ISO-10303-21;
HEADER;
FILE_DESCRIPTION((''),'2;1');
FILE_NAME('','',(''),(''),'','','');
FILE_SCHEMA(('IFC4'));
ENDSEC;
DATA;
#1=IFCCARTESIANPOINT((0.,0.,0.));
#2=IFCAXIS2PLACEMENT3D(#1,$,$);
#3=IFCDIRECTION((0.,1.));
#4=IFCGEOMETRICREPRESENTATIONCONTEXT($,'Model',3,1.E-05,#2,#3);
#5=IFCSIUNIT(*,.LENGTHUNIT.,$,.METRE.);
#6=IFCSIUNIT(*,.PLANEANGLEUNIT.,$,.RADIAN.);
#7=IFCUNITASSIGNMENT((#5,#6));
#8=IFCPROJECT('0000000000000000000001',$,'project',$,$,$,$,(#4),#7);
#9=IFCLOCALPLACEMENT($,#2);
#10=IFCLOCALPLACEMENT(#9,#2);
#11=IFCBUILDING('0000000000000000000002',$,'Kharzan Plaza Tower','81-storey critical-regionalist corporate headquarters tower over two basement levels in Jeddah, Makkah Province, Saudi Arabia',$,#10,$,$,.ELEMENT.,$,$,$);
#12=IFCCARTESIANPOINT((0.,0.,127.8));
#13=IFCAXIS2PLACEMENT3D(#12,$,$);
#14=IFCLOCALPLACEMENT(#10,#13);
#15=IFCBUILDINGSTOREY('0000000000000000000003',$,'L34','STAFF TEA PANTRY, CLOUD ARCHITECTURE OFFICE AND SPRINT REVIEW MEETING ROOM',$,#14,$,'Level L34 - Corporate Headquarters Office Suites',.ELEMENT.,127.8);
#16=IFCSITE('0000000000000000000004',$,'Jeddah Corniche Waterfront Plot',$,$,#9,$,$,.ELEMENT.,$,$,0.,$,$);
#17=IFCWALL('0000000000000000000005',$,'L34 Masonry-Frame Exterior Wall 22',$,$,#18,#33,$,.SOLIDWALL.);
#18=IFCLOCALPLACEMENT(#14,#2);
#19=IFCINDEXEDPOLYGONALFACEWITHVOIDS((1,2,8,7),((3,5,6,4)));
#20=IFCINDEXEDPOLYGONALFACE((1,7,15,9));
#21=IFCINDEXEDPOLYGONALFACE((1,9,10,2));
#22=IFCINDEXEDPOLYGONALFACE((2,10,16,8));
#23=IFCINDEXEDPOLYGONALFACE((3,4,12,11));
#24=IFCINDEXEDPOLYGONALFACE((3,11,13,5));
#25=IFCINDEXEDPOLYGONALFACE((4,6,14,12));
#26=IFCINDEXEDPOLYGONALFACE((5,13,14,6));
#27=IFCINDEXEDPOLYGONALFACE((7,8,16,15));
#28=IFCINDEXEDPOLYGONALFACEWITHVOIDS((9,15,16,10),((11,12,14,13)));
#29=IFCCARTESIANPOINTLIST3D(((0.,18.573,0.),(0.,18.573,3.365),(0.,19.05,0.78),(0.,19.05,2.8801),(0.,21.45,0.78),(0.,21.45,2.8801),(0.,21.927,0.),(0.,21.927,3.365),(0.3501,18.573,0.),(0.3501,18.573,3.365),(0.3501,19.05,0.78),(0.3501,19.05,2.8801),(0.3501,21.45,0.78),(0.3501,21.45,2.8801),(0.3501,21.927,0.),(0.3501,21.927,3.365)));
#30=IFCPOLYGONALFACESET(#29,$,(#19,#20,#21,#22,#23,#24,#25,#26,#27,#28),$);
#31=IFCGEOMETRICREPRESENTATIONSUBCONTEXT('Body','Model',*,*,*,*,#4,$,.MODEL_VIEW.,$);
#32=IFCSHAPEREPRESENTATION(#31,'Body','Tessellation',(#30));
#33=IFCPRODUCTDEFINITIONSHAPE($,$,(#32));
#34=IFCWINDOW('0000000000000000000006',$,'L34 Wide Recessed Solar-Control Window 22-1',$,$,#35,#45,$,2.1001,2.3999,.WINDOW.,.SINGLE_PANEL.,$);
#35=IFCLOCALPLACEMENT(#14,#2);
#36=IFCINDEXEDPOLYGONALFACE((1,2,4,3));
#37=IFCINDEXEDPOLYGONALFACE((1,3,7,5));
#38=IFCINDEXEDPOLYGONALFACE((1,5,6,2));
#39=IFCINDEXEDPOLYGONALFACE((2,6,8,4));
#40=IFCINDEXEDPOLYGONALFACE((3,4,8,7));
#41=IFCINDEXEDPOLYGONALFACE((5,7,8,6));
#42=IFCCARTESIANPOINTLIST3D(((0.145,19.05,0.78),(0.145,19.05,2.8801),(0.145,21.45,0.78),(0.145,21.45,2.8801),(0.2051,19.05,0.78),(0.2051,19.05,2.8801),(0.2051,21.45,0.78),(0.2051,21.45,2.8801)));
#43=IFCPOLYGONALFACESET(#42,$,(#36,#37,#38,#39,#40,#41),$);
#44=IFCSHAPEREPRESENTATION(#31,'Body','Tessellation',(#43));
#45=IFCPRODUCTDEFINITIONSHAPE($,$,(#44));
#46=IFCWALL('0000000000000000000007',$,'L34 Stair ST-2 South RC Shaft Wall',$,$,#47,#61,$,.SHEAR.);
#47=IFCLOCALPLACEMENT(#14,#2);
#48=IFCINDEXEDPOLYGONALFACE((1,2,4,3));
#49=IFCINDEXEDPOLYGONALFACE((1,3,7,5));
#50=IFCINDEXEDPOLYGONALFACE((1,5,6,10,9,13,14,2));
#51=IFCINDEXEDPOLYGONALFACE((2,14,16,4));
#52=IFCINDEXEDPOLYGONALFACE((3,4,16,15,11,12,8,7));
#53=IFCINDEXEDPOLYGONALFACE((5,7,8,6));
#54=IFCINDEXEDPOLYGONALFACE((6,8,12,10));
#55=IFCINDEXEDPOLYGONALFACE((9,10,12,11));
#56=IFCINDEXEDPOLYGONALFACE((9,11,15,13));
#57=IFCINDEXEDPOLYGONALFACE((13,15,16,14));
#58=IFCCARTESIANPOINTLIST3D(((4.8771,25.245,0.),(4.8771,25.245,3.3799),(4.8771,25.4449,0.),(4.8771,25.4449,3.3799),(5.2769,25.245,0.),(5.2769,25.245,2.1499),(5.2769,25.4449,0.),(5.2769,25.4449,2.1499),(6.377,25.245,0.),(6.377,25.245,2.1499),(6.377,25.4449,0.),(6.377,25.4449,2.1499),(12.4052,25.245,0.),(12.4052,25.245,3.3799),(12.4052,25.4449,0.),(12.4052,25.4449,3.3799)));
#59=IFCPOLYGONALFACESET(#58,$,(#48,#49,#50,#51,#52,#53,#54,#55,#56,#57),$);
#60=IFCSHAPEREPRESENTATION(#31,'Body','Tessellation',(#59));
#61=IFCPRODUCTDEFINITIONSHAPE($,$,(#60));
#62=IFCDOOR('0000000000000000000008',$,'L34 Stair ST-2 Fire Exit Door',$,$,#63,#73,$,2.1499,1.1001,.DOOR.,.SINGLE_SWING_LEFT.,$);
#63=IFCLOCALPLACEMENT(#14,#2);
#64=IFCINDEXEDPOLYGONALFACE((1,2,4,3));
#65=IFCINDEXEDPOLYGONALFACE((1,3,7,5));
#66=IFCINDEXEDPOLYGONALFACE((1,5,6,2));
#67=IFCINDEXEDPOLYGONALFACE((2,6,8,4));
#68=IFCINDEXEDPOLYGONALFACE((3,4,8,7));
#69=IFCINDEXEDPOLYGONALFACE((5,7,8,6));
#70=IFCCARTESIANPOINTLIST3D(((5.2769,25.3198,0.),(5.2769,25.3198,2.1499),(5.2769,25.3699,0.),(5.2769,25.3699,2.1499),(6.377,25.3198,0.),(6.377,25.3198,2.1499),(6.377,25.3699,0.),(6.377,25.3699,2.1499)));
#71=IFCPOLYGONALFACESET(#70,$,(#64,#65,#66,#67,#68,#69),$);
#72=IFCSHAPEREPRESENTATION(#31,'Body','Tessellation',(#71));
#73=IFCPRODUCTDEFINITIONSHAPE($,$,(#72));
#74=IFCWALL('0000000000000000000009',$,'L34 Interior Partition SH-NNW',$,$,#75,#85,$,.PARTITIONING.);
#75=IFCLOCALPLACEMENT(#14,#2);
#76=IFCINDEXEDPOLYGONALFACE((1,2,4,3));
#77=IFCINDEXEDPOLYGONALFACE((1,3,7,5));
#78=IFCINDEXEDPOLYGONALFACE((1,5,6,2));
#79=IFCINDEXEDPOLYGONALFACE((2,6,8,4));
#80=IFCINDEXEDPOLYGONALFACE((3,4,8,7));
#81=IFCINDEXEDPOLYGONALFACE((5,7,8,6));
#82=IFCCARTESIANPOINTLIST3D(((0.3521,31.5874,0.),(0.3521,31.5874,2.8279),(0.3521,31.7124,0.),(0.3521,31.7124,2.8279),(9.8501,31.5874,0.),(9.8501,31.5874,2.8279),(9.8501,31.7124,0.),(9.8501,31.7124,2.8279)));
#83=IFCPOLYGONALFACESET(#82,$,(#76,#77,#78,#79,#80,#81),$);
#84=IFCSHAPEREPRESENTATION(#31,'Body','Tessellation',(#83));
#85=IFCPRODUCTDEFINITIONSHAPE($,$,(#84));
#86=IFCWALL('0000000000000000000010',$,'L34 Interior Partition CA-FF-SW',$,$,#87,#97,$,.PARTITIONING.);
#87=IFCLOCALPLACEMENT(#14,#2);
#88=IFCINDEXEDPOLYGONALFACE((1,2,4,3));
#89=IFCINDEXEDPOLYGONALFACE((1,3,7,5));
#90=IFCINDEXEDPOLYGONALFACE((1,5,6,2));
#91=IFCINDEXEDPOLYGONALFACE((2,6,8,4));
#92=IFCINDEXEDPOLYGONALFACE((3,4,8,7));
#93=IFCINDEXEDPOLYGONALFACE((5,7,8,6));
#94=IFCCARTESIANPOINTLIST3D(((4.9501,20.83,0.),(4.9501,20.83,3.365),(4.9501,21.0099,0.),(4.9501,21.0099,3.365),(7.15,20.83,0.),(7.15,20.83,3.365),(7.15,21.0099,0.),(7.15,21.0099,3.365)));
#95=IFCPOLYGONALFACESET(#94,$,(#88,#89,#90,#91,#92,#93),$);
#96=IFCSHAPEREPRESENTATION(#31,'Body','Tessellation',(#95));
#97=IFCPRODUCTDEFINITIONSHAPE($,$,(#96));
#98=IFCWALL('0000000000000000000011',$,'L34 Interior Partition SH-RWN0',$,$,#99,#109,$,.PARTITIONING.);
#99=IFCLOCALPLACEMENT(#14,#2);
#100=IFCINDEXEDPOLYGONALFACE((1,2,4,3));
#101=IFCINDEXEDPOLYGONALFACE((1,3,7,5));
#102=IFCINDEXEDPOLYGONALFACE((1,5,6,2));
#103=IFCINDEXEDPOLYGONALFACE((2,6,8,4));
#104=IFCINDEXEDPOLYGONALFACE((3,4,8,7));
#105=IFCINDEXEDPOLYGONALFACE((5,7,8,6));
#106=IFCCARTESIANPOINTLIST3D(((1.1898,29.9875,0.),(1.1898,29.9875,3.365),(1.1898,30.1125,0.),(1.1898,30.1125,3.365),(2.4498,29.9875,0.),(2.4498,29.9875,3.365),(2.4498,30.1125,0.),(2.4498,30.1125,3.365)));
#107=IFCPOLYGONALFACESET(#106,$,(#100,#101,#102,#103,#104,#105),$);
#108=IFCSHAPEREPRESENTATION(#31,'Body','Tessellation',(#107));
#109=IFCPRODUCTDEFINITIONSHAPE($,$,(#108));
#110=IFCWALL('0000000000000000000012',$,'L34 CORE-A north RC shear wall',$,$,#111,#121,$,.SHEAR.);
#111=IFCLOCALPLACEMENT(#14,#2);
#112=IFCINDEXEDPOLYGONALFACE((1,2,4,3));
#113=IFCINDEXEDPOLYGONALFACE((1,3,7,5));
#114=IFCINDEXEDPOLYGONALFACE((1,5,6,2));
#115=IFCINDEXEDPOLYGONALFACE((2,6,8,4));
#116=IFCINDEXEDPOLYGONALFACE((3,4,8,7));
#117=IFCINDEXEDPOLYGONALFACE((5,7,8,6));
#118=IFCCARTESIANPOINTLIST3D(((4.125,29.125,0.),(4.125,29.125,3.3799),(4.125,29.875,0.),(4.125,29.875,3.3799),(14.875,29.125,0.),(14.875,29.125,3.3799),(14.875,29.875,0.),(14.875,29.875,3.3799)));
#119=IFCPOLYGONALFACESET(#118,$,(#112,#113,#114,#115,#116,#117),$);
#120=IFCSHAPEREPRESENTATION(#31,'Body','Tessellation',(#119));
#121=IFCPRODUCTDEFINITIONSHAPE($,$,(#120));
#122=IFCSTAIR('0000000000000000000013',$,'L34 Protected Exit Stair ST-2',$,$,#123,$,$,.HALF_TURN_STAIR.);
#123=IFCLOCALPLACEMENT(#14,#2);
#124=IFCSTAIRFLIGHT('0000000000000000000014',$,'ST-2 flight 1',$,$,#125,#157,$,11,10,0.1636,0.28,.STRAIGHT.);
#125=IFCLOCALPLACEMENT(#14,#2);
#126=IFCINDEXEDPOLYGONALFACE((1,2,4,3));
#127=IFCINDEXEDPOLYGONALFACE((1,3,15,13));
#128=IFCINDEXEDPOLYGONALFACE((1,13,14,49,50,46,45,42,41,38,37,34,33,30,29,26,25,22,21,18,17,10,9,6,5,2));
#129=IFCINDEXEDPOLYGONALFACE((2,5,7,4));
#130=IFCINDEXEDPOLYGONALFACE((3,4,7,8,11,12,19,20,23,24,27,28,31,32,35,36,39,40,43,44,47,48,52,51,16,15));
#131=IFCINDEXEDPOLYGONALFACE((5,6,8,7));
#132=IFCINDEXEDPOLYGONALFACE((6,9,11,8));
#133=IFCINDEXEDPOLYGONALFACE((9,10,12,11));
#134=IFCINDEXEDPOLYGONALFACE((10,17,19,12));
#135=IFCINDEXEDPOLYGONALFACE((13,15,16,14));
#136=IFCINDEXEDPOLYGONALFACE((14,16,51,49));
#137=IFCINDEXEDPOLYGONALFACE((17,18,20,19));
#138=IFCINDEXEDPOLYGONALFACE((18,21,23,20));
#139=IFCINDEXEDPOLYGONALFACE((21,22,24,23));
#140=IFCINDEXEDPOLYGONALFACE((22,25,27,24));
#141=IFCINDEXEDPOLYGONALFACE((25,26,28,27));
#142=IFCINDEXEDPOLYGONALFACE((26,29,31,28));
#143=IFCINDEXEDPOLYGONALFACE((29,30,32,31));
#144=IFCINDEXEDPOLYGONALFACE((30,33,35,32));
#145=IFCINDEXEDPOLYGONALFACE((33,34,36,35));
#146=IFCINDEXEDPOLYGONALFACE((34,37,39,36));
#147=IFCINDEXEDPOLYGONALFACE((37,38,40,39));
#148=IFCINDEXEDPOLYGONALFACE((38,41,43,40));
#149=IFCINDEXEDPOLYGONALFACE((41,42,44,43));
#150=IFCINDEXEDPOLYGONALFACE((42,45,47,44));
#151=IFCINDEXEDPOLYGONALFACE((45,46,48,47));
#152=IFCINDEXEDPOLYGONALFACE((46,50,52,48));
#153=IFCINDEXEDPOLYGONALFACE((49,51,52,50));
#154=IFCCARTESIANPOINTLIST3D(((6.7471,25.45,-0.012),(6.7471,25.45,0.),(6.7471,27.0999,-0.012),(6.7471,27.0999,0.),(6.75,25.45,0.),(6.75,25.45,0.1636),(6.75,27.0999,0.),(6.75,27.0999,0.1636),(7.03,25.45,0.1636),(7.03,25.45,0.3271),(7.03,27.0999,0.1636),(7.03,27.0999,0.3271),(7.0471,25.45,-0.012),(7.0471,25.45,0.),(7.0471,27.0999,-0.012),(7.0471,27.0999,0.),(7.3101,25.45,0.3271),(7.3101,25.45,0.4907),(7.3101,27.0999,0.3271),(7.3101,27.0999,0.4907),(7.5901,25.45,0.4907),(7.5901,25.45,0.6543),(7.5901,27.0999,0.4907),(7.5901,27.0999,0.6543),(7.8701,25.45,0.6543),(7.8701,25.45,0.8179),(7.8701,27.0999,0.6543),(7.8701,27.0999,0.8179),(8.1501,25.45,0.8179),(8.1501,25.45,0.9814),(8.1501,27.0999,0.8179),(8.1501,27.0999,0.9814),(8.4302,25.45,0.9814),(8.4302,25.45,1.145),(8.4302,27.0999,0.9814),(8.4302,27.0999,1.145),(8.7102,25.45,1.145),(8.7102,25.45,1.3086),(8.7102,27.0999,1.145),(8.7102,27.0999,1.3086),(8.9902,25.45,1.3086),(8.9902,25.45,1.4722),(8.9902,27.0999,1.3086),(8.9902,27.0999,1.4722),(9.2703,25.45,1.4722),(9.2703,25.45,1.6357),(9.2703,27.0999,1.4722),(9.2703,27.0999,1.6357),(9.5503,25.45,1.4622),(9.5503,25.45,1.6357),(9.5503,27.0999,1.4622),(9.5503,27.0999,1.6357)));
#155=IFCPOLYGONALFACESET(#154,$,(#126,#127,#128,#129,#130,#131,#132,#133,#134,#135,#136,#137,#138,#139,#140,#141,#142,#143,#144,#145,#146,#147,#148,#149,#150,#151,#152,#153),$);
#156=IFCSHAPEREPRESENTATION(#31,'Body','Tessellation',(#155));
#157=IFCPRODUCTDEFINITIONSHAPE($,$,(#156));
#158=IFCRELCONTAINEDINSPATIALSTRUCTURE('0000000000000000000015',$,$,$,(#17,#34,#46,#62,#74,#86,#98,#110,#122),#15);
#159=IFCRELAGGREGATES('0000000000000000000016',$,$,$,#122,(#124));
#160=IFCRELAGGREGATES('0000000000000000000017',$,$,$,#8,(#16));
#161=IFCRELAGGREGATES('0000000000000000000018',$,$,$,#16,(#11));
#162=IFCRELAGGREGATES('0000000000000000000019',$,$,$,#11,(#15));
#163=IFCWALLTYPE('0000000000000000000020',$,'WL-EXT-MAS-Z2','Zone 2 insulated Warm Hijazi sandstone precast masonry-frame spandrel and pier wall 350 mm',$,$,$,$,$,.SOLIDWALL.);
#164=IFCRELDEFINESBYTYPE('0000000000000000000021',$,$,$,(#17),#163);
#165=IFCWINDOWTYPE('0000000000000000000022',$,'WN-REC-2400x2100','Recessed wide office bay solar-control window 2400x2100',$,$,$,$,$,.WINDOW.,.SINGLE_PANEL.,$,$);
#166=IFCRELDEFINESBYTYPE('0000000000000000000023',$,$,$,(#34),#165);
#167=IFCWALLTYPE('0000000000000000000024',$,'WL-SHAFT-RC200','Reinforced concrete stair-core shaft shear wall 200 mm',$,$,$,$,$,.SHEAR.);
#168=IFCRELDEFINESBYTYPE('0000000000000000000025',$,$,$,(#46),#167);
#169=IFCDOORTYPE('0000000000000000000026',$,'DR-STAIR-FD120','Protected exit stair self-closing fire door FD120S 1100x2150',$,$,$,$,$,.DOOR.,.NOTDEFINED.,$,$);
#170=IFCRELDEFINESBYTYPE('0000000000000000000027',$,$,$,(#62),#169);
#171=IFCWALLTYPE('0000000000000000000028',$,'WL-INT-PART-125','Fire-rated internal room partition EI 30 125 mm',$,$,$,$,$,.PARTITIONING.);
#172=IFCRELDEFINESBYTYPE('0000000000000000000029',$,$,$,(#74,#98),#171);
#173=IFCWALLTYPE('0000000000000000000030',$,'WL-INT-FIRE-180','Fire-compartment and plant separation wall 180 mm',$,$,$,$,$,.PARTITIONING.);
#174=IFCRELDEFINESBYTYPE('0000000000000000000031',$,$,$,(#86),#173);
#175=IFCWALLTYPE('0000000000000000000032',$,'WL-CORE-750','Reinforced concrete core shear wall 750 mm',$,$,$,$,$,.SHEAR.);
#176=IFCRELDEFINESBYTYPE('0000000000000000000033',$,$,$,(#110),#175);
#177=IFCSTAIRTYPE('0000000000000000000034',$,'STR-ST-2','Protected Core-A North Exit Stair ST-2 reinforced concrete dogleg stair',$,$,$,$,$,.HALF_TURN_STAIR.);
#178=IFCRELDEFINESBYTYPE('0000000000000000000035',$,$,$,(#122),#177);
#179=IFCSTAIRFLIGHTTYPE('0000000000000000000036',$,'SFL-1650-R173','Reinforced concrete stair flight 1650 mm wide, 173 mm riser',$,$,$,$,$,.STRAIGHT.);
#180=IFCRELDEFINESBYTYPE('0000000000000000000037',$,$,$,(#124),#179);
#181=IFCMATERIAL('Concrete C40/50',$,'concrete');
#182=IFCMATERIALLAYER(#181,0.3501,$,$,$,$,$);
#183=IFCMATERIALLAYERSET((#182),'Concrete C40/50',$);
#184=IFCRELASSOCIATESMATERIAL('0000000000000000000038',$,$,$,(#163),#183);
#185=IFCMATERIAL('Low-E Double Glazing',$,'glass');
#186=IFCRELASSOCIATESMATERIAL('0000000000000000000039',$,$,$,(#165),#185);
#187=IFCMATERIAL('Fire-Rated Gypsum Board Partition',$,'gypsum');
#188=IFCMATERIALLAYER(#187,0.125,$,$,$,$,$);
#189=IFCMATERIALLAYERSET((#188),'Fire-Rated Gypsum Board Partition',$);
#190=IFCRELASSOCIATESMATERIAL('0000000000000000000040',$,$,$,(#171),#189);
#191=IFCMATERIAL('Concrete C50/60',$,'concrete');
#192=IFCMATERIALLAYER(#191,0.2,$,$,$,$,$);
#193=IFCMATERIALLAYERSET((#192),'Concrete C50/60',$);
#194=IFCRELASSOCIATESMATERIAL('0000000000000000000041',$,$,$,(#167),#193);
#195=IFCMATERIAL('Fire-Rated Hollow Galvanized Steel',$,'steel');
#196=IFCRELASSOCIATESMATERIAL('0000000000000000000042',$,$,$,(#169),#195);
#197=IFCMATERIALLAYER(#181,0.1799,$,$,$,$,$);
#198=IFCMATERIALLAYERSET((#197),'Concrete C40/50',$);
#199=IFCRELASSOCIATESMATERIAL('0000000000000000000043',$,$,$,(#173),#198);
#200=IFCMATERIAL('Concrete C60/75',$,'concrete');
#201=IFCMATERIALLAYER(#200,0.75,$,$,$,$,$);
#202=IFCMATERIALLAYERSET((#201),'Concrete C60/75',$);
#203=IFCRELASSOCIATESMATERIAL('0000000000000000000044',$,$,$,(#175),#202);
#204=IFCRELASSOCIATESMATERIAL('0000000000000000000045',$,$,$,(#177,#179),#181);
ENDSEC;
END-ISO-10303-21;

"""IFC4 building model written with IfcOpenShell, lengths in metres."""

from ifc_helpers import new_model, si_unit, direction, frame, frame_2d, origin, place, context, subcontext, project, spatial, polyline, rectangle, outline, extrude, source, transform, mapped, material, layer, layer_set, type_object, element, fill, aggregate, save


model = new_model("IFC4")

# Units and contexts
model_context = context("Model", 3, precision=1e-05, world=origin(), true_north=direction((0.0, 1.0)))
body_context = subcontext(model_context, "Body", "Model", "MODEL_VIEW")
ifc_project = project(units=[si_unit("LENGTHUNIT", "METRE"), si_unit("PLANEANGLEUNIT", "RADIAN")], contexts=[model_context])

# Site, building, storey
site_placement = place(None, origin())
site = spatial("IfcSite", under=ifc_project, at=site_placement, Name="Jeddah Corniche Waterfront Plot", CompositionType="ELEMENT", RefElevation=0.0)
building_placement = place(site_placement, origin())
building = spatial("IfcBuilding", under=site, at=building_placement, Name="Kharzan Plaza Tower", Description="81-storey critical-regionalist corporate headquarters tower over two basement levels in Jeddah, Makkah Province, Saudi Arabia", CompositionType="ELEMENT")
storey_placement = place(building_placement, frame((0.0, 0.0, 127.8)))
storey = spatial("IfcBuildingStorey", under=building, at=storey_placement, Name="L34", Description="STAFF TEA PANTRY, CLOUD ARCHITECTURE OFFICE AND SPRINT REVIEW MEETING ROOM", LongName="Level L34 - Corporate Headquarters Office Suites", CompositionType="ELEMENT", Elevation=127.8)

# Shared definitions
ifc_material_1 = material(Name="Concrete C60/75", Category="concrete")

# Wall, opening, window
ifc_material_2 = material(Name="Concrete C40/50", Category="concrete")
ifc_layer_1 = layer(ifc_material_2, 0.3501)
ifc_layer_set_1 = layer_set([ifc_layer_1], Name="Concrete C40/50")
wall_type_1 = type_object("IfcWallType", Name="WL-EXT-MAS-Z2", Description="Zone 2 insulated Warm Hijazi sandstone precast masonry-frame spandrel and pier wall 350 mm", PredefinedType="SOLIDWALL", material=ifc_layer_set_1)
ifc_material_3 = material(Name="Low-E Double Glazing", Category="glass")
wall_1_placement = place(storey_placement, frame((0.175, 21.927, 0.0), z_axis=(0.0, 0.0, 1.0), x_axis=(0.0, -1.0, 0.0)))
wall_1 = element("IfcWall", 1, at=wall_1_placement, inside=storey, type_object=wall_type_1, Name="L34 Masonry-Frame Exterior Wall 22", PredefinedType="SOLIDWALL", context=body_context, shape_type="SweptSolid", body=[
    extrude(rectangle(XDim=3.354, YDim=0.3501, at=frame_2d((1.677, 0.0))), origin(), (0.0, 0.0, 1.0), 3.365),
])
opening_1_placement = place(wall_1_placement, frame((0.4771, 0.0, 0.78)))
opening_1 = element("IfcOpeningElement", 2, at=opening_1_placement, cuts=wall_1, PredefinedType="OPENING", context=body_context, shape_type="SweptSolid", body=[
    extrude(rectangle(XDim=2.3999, YDim=2.1001, at=frame_2d((1.2, 1.05))), frame((0.0, 0.1851, 0.0), z_axis=(0.0, -1.0, 0.0), x_axis=(1.0, 0.0, 0.0)), (0.0, 0.0, 1.0), 0.3701),
])
window_type_1 = type_object("IfcWindowType", Name="WN-REC-2400x2100", Description="Recessed wide office bay solar-control window 2400x2100", PartitioningType="SINGLE_PANEL", PredefinedType="WINDOW", material=ifc_material_3)
shared_shape_1 = source(origin(), body_context, "Body", "SweptSolid", [
    extrude(rectangle(XDim=2.3999, YDim=2.1001, at=frame_2d((1.2, 1.05))), frame((0.0, 0.03, 0.0), z_axis=(0.0, -1.0, 0.0), x_axis=(1.0, 0.0, 0.0)), (0.0, 0.0, 1.0), 0.0601),
])
window_1_placement = place(opening_1_placement, origin())
window_1 = element("IfcWindow", 3, at=window_1_placement, inside=storey, type_object=window_type_1, Name="L34 Wide Recessed Solar-Control Window 22-1", OverallHeight=2.1001, OverallWidth=2.3999, PartitioningType="SINGLE_PANEL", PredefinedType="WINDOW", context=body_context, shape_type="MappedRepresentation", body=[
    mapped(shared_shape_1, transform((0.0, 0.0, 0.0), x_axis=(1.0, 0.0, 0.0), y_axis=(0.0, 1.0, 0.0), z_axis=(0.0, 0.0, 1.0))),
])
fill(opening_1, window_1)

# Wall, opening, door
ifc_material_4 = material(Name="Fire-Rated Gypsum Board Partition", Category="gypsum")
ifc_layer_2 = layer(ifc_material_4, 0.125)
ifc_layer_set_2 = layer_set([ifc_layer_2], Name="Fire-Rated Gypsum Board Partition")
wall_type_2 = type_object("IfcWallType", Name="WL-INT-PART-125", Description="Fire-rated internal room partition EI 30 125 mm", PredefinedType="PARTITIONING", material=ifc_layer_set_2)
ifc_material_5 = material(Name="Concrete C50/60", Category="concrete")
ifc_layer_3 = layer(ifc_material_5, 0.2)
ifc_layer_set_3 = layer_set([ifc_layer_3], Name="Concrete C50/60")
wall_type_3 = type_object("IfcWallType", Name="WL-SHAFT-RC200", Description="Reinforced concrete stair-core shaft shear wall 200 mm", PredefinedType="SHEAR", material=ifc_layer_set_3)
wall_2_placement = place(storey_placement, frame((4.877, 25.345, 0.0), z_axis=(0.0, 0.0, 1.0), x_axis=(1.0, 0.0, 0.0)))
wall_2 = element("IfcWall", 4, at=wall_2_placement, inside=storey, type_object=wall_type_3, Name="L34 Stair ST-2 South RC Shaft Wall", PredefinedType="SHEAR", context=body_context, shape_type="SweptSolid", body=[
    extrude(rectangle(XDim=7.5281, YDim=0.2, at=frame_2d((3.7642, 0.0))), origin(), (0.0, 0.0, 1.0), 3.3799),
])
opening_2_placement = place(wall_2_placement, frame((0.3999, 0.0, 0.0)))
opening_2 = element("IfcOpeningElement", 5, at=opening_2_placement, cuts=wall_2, PredefinedType="OPENING", context=body_context, shape_type="SweptSolid", body=[
    extrude(rectangle(XDim=1.1001, YDim=2.1499, at=frame_2d((0.55, 1.075))), frame((0.0, 0.1099, 0.0), z_axis=(0.0, -1.0, 0.0), x_axis=(1.0, 0.0, 0.0)), (0.0, 0.0, 1.0), 0.22),
])
ifc_material_6 = material(Name="Fire-Rated Hollow Galvanized Steel", Category="steel")
door_type_1 = type_object("IfcDoorType", Name="DR-STAIR-FD120", Description="Protected exit stair self-closing fire door FD120S 1100x2150", OperationType="NOTDEFINED", PredefinedType="DOOR", material=ifc_material_6)
shared_shape_2 = source(origin(), body_context, "Body", "SweptSolid", [
    extrude(rectangle(XDim=1.1001, YDim=2.1499, at=frame_2d((0.55, 1.075))), frame((0.0, 0.0249, 0.0), z_axis=(0.0, -1.0, 0.0), x_axis=(1.0, 0.0, 0.0)), (0.0, 0.0, 1.0), 0.05),
])
door_1_placement = place(opening_2_placement, origin())
door_1 = element("IfcDoor", 6, at=door_1_placement, inside=storey, type_object=door_type_1, Name="L34 Stair ST-2 Fire Exit Door", OperationType="SINGLE_SWING_LEFT", OverallHeight=2.1499, OverallWidth=1.1001, PredefinedType="DOOR", context=body_context, shape_type="MappedRepresentation", body=[
    mapped(shared_shape_2, transform((0.0, 0.0, 0.0), x_axis=(1.0, 0.0, 0.0), y_axis=(0.0, 1.0, 0.0), z_axis=(0.0, 0.0, 1.0))),
])
fill(opening_2, door_1)

# Walls
shared_shape_3 = source(origin(), body_context, "Body", "SweptSolid", [
    extrude(rectangle(XDim=9.498, YDim=0.125, at=frame_2d((4.749, 0.0))), origin(), (0.0, 0.0, 1.0), 2.8279),
])
wall_3_placement = place(storey_placement, frame((0.3521, 31.6499, 0.0), z_axis=(0.0, 0.0, 1.0), x_axis=(1.0, 0.0, 0.0)))
element("IfcWall", 7, at=wall_3_placement, inside=storey, type_object=wall_type_2, Name="L34 Interior Partition SH-NNW", PredefinedType="PARTITIONING", context=body_context, shape_type="MappedRepresentation", body=[
    mapped(shared_shape_3, transform((0.0, 0.0, 0.0), x_axis=(1.0, 0.0, 0.0), y_axis=(0.0, 1.0, 0.0), z_axis=(0.0, 0.0, 1.0))),
])
ifc_layer_4 = layer(ifc_material_2, 0.1799)
ifc_layer_set_4 = layer_set([ifc_layer_4], Name="Concrete C40/50")
wall_type_4 = type_object("IfcWallType", Name="WL-INT-FIRE-180", Description="Fire-compartment and plant separation wall 180 mm", PredefinedType="PARTITIONING", material=ifc_layer_set_4)
shared_shape_4 = source(origin(), body_context, "Body", "SweptSolid", [
    extrude(rectangle(XDim=2.2, YDim=0.1799, at=frame_2d((1.1001, 0.0))), origin(), (0.0, 0.0, 1.0), 3.365),
])
wall_4_placement = place(storey_placement, frame((4.95, 20.9199, 0.0), z_axis=(0.0, 0.0, 1.0), x_axis=(1.0, 0.0, 0.0)))
element("IfcWall", 8, at=wall_4_placement, inside=storey, type_object=wall_type_4, Name="L34 Interior Partition CA-FF-SW", PredefinedType="PARTITIONING", context=body_context, shape_type="MappedRepresentation", body=[
    mapped(shared_shape_4, transform((0.0, 0.0, 0.0), x_axis=(1.0, 0.0, 0.0), y_axis=(0.0, 1.0, 0.0), z_axis=(0.0, 0.0, 1.0))),
])
shared_shape_5 = source(origin(), body_context, "Body", "SweptSolid", [
    extrude(rectangle(XDim=1.26, YDim=0.125, at=frame_2d((0.6299, 0.0))), origin(), (0.0, 0.0, 1.0), 3.365),
])
wall_5_placement = place(storey_placement, frame((1.1899, 30.05, 0.0), z_axis=(0.0, 0.0, 1.0), x_axis=(1.0, 0.0, 0.0)))
element("IfcWall", 9, at=wall_5_placement, inside=storey, type_object=wall_type_2, Name="L34 Interior Partition SH-RWN0", PredefinedType="PARTITIONING", context=body_context, shape_type="MappedRepresentation", body=[
    mapped(shared_shape_5, transform((0.0, 0.0, 0.0), x_axis=(1.0, 0.0, 0.0), y_axis=(0.0, 1.0, 0.0), z_axis=(0.0, 0.0, 1.0))),
])
ifc_layer_5 = layer(ifc_material_1, 0.75)
ifc_layer_set_5 = layer_set([ifc_layer_5], Name="Concrete C60/75")
wall_type_5 = type_object("IfcWallType", Name="WL-CORE-750", Description="Reinforced concrete core shear wall 750 mm", PredefinedType="SHEAR", material=ifc_layer_set_5)
shared_shape_6 = source(origin(), body_context, "Body", "SweptSolid", [
    extrude(rectangle(XDim=10.75, YDim=0.75, at=frame_2d((5.375, 0.0))), origin(), (0.0, 0.0, 1.0), 3.3799),
])
wall_6_placement = place(storey_placement, frame((4.125, 29.5, 0.0), z_axis=(0.0, 0.0, 1.0), x_axis=(1.0, 0.0, 0.0)))
element("IfcWall", 10, at=wall_6_placement, inside=storey, type_object=wall_type_5, Name="L34 CORE-A north RC shear wall", PredefinedType="SHEAR", context=body_context, shape_type="MappedRepresentation", body=[
    mapped(shared_shape_6, transform((0.0, 0.0, 0.0), x_axis=(1.0, 0.0, 0.0), y_axis=(0.0, 1.0, 0.0), z_axis=(0.0, 0.0, 1.0))),
])

# Stair, stair flight
stair_type = type_object("IfcStairType", Name="STR-ST-2", Description="Protected Core-A North Exit Stair ST-2 reinforced concrete dogleg stair", PredefinedType="HALF_TURN_STAIR", material=ifc_material_2)
stair_placement = place(storey_placement, origin())
stair = element("IfcStair", 11, at=stair_placement, inside=storey, type_object=stair_type, Name="L34 Protected Exit Stair ST-2", PredefinedType="HALF_TURN_STAIR")
stair_flight_type = type_object("IfcStairFlightType", Name="SFL-1650-R173", Description="Reinforced concrete stair flight 1650 mm wide, 173 mm riser", PredefinedType="STRAIGHT", material=ifc_material_2)
shared_shape_7 = source(origin(), body_context, "Body", "SweptSolid", [
    extrude(outline(polyline([(-0.0029, -0.012), (-0.0029, 0.0), (0.0, 0.0), (0.0, 0.1636), (0.28, 0.1636), (0.28, 0.3271), (0.5601, 0.3271), (0.5601, 0.4907), (0.8401, 0.4907), (0.8401, 0.6543), (1.1201, 0.6543), (1.1201, 0.8179), (1.4001, 0.8179), (1.4001, 0.9814), (1.6802, 0.9814), (1.6802, 1.145), (1.9602, 1.145), (1.9602, 1.3086), (2.2402, 1.3086), (2.2402, 1.4722), (2.5203, 1.4722), (2.5203, 1.6357), (2.8003, 1.6357), (2.8003, 1.7993), (2.8003, 1.4622), (0.2971, 0.0), (0.2971, -0.012), (-0.0029, -0.012)])), frame((0.0, 0.825, 0.0), z_axis=(0.0, -1.0, 0.0), x_axis=(1.0, 0.0, 0.0)), (0.0, 0.0, 1.0), 1.6499),
])
stair_flight_placement = place(storey_placement, frame((6.75, 26.2749, 0.0), z_axis=(0.0, 0.0, 1.0), x_axis=(1.0, 0.0, 0.0)))
stair_flight = element("IfcStairFlight", 12, at=stair_flight_placement, type_object=stair_flight_type, Name="ST-2 flight 1", NumberOfRisers=11, NumberOfTreads=10, PredefinedType="STRAIGHT", RiserHeight=0.1636, TreadLength=0.28, context=body_context, shape_type="MappedRepresentation", body=[
    mapped(shared_shape_7, transform((0.0, 0.0, 0.0), x_axis=(1.0, 0.0, 0.0), y_axis=(0.0, 1.0, 0.0), z_axis=(0.0, 0.0, 1.0))),
])
aggregate(stair, [stair_flight])

save(model, "model.ifc")
